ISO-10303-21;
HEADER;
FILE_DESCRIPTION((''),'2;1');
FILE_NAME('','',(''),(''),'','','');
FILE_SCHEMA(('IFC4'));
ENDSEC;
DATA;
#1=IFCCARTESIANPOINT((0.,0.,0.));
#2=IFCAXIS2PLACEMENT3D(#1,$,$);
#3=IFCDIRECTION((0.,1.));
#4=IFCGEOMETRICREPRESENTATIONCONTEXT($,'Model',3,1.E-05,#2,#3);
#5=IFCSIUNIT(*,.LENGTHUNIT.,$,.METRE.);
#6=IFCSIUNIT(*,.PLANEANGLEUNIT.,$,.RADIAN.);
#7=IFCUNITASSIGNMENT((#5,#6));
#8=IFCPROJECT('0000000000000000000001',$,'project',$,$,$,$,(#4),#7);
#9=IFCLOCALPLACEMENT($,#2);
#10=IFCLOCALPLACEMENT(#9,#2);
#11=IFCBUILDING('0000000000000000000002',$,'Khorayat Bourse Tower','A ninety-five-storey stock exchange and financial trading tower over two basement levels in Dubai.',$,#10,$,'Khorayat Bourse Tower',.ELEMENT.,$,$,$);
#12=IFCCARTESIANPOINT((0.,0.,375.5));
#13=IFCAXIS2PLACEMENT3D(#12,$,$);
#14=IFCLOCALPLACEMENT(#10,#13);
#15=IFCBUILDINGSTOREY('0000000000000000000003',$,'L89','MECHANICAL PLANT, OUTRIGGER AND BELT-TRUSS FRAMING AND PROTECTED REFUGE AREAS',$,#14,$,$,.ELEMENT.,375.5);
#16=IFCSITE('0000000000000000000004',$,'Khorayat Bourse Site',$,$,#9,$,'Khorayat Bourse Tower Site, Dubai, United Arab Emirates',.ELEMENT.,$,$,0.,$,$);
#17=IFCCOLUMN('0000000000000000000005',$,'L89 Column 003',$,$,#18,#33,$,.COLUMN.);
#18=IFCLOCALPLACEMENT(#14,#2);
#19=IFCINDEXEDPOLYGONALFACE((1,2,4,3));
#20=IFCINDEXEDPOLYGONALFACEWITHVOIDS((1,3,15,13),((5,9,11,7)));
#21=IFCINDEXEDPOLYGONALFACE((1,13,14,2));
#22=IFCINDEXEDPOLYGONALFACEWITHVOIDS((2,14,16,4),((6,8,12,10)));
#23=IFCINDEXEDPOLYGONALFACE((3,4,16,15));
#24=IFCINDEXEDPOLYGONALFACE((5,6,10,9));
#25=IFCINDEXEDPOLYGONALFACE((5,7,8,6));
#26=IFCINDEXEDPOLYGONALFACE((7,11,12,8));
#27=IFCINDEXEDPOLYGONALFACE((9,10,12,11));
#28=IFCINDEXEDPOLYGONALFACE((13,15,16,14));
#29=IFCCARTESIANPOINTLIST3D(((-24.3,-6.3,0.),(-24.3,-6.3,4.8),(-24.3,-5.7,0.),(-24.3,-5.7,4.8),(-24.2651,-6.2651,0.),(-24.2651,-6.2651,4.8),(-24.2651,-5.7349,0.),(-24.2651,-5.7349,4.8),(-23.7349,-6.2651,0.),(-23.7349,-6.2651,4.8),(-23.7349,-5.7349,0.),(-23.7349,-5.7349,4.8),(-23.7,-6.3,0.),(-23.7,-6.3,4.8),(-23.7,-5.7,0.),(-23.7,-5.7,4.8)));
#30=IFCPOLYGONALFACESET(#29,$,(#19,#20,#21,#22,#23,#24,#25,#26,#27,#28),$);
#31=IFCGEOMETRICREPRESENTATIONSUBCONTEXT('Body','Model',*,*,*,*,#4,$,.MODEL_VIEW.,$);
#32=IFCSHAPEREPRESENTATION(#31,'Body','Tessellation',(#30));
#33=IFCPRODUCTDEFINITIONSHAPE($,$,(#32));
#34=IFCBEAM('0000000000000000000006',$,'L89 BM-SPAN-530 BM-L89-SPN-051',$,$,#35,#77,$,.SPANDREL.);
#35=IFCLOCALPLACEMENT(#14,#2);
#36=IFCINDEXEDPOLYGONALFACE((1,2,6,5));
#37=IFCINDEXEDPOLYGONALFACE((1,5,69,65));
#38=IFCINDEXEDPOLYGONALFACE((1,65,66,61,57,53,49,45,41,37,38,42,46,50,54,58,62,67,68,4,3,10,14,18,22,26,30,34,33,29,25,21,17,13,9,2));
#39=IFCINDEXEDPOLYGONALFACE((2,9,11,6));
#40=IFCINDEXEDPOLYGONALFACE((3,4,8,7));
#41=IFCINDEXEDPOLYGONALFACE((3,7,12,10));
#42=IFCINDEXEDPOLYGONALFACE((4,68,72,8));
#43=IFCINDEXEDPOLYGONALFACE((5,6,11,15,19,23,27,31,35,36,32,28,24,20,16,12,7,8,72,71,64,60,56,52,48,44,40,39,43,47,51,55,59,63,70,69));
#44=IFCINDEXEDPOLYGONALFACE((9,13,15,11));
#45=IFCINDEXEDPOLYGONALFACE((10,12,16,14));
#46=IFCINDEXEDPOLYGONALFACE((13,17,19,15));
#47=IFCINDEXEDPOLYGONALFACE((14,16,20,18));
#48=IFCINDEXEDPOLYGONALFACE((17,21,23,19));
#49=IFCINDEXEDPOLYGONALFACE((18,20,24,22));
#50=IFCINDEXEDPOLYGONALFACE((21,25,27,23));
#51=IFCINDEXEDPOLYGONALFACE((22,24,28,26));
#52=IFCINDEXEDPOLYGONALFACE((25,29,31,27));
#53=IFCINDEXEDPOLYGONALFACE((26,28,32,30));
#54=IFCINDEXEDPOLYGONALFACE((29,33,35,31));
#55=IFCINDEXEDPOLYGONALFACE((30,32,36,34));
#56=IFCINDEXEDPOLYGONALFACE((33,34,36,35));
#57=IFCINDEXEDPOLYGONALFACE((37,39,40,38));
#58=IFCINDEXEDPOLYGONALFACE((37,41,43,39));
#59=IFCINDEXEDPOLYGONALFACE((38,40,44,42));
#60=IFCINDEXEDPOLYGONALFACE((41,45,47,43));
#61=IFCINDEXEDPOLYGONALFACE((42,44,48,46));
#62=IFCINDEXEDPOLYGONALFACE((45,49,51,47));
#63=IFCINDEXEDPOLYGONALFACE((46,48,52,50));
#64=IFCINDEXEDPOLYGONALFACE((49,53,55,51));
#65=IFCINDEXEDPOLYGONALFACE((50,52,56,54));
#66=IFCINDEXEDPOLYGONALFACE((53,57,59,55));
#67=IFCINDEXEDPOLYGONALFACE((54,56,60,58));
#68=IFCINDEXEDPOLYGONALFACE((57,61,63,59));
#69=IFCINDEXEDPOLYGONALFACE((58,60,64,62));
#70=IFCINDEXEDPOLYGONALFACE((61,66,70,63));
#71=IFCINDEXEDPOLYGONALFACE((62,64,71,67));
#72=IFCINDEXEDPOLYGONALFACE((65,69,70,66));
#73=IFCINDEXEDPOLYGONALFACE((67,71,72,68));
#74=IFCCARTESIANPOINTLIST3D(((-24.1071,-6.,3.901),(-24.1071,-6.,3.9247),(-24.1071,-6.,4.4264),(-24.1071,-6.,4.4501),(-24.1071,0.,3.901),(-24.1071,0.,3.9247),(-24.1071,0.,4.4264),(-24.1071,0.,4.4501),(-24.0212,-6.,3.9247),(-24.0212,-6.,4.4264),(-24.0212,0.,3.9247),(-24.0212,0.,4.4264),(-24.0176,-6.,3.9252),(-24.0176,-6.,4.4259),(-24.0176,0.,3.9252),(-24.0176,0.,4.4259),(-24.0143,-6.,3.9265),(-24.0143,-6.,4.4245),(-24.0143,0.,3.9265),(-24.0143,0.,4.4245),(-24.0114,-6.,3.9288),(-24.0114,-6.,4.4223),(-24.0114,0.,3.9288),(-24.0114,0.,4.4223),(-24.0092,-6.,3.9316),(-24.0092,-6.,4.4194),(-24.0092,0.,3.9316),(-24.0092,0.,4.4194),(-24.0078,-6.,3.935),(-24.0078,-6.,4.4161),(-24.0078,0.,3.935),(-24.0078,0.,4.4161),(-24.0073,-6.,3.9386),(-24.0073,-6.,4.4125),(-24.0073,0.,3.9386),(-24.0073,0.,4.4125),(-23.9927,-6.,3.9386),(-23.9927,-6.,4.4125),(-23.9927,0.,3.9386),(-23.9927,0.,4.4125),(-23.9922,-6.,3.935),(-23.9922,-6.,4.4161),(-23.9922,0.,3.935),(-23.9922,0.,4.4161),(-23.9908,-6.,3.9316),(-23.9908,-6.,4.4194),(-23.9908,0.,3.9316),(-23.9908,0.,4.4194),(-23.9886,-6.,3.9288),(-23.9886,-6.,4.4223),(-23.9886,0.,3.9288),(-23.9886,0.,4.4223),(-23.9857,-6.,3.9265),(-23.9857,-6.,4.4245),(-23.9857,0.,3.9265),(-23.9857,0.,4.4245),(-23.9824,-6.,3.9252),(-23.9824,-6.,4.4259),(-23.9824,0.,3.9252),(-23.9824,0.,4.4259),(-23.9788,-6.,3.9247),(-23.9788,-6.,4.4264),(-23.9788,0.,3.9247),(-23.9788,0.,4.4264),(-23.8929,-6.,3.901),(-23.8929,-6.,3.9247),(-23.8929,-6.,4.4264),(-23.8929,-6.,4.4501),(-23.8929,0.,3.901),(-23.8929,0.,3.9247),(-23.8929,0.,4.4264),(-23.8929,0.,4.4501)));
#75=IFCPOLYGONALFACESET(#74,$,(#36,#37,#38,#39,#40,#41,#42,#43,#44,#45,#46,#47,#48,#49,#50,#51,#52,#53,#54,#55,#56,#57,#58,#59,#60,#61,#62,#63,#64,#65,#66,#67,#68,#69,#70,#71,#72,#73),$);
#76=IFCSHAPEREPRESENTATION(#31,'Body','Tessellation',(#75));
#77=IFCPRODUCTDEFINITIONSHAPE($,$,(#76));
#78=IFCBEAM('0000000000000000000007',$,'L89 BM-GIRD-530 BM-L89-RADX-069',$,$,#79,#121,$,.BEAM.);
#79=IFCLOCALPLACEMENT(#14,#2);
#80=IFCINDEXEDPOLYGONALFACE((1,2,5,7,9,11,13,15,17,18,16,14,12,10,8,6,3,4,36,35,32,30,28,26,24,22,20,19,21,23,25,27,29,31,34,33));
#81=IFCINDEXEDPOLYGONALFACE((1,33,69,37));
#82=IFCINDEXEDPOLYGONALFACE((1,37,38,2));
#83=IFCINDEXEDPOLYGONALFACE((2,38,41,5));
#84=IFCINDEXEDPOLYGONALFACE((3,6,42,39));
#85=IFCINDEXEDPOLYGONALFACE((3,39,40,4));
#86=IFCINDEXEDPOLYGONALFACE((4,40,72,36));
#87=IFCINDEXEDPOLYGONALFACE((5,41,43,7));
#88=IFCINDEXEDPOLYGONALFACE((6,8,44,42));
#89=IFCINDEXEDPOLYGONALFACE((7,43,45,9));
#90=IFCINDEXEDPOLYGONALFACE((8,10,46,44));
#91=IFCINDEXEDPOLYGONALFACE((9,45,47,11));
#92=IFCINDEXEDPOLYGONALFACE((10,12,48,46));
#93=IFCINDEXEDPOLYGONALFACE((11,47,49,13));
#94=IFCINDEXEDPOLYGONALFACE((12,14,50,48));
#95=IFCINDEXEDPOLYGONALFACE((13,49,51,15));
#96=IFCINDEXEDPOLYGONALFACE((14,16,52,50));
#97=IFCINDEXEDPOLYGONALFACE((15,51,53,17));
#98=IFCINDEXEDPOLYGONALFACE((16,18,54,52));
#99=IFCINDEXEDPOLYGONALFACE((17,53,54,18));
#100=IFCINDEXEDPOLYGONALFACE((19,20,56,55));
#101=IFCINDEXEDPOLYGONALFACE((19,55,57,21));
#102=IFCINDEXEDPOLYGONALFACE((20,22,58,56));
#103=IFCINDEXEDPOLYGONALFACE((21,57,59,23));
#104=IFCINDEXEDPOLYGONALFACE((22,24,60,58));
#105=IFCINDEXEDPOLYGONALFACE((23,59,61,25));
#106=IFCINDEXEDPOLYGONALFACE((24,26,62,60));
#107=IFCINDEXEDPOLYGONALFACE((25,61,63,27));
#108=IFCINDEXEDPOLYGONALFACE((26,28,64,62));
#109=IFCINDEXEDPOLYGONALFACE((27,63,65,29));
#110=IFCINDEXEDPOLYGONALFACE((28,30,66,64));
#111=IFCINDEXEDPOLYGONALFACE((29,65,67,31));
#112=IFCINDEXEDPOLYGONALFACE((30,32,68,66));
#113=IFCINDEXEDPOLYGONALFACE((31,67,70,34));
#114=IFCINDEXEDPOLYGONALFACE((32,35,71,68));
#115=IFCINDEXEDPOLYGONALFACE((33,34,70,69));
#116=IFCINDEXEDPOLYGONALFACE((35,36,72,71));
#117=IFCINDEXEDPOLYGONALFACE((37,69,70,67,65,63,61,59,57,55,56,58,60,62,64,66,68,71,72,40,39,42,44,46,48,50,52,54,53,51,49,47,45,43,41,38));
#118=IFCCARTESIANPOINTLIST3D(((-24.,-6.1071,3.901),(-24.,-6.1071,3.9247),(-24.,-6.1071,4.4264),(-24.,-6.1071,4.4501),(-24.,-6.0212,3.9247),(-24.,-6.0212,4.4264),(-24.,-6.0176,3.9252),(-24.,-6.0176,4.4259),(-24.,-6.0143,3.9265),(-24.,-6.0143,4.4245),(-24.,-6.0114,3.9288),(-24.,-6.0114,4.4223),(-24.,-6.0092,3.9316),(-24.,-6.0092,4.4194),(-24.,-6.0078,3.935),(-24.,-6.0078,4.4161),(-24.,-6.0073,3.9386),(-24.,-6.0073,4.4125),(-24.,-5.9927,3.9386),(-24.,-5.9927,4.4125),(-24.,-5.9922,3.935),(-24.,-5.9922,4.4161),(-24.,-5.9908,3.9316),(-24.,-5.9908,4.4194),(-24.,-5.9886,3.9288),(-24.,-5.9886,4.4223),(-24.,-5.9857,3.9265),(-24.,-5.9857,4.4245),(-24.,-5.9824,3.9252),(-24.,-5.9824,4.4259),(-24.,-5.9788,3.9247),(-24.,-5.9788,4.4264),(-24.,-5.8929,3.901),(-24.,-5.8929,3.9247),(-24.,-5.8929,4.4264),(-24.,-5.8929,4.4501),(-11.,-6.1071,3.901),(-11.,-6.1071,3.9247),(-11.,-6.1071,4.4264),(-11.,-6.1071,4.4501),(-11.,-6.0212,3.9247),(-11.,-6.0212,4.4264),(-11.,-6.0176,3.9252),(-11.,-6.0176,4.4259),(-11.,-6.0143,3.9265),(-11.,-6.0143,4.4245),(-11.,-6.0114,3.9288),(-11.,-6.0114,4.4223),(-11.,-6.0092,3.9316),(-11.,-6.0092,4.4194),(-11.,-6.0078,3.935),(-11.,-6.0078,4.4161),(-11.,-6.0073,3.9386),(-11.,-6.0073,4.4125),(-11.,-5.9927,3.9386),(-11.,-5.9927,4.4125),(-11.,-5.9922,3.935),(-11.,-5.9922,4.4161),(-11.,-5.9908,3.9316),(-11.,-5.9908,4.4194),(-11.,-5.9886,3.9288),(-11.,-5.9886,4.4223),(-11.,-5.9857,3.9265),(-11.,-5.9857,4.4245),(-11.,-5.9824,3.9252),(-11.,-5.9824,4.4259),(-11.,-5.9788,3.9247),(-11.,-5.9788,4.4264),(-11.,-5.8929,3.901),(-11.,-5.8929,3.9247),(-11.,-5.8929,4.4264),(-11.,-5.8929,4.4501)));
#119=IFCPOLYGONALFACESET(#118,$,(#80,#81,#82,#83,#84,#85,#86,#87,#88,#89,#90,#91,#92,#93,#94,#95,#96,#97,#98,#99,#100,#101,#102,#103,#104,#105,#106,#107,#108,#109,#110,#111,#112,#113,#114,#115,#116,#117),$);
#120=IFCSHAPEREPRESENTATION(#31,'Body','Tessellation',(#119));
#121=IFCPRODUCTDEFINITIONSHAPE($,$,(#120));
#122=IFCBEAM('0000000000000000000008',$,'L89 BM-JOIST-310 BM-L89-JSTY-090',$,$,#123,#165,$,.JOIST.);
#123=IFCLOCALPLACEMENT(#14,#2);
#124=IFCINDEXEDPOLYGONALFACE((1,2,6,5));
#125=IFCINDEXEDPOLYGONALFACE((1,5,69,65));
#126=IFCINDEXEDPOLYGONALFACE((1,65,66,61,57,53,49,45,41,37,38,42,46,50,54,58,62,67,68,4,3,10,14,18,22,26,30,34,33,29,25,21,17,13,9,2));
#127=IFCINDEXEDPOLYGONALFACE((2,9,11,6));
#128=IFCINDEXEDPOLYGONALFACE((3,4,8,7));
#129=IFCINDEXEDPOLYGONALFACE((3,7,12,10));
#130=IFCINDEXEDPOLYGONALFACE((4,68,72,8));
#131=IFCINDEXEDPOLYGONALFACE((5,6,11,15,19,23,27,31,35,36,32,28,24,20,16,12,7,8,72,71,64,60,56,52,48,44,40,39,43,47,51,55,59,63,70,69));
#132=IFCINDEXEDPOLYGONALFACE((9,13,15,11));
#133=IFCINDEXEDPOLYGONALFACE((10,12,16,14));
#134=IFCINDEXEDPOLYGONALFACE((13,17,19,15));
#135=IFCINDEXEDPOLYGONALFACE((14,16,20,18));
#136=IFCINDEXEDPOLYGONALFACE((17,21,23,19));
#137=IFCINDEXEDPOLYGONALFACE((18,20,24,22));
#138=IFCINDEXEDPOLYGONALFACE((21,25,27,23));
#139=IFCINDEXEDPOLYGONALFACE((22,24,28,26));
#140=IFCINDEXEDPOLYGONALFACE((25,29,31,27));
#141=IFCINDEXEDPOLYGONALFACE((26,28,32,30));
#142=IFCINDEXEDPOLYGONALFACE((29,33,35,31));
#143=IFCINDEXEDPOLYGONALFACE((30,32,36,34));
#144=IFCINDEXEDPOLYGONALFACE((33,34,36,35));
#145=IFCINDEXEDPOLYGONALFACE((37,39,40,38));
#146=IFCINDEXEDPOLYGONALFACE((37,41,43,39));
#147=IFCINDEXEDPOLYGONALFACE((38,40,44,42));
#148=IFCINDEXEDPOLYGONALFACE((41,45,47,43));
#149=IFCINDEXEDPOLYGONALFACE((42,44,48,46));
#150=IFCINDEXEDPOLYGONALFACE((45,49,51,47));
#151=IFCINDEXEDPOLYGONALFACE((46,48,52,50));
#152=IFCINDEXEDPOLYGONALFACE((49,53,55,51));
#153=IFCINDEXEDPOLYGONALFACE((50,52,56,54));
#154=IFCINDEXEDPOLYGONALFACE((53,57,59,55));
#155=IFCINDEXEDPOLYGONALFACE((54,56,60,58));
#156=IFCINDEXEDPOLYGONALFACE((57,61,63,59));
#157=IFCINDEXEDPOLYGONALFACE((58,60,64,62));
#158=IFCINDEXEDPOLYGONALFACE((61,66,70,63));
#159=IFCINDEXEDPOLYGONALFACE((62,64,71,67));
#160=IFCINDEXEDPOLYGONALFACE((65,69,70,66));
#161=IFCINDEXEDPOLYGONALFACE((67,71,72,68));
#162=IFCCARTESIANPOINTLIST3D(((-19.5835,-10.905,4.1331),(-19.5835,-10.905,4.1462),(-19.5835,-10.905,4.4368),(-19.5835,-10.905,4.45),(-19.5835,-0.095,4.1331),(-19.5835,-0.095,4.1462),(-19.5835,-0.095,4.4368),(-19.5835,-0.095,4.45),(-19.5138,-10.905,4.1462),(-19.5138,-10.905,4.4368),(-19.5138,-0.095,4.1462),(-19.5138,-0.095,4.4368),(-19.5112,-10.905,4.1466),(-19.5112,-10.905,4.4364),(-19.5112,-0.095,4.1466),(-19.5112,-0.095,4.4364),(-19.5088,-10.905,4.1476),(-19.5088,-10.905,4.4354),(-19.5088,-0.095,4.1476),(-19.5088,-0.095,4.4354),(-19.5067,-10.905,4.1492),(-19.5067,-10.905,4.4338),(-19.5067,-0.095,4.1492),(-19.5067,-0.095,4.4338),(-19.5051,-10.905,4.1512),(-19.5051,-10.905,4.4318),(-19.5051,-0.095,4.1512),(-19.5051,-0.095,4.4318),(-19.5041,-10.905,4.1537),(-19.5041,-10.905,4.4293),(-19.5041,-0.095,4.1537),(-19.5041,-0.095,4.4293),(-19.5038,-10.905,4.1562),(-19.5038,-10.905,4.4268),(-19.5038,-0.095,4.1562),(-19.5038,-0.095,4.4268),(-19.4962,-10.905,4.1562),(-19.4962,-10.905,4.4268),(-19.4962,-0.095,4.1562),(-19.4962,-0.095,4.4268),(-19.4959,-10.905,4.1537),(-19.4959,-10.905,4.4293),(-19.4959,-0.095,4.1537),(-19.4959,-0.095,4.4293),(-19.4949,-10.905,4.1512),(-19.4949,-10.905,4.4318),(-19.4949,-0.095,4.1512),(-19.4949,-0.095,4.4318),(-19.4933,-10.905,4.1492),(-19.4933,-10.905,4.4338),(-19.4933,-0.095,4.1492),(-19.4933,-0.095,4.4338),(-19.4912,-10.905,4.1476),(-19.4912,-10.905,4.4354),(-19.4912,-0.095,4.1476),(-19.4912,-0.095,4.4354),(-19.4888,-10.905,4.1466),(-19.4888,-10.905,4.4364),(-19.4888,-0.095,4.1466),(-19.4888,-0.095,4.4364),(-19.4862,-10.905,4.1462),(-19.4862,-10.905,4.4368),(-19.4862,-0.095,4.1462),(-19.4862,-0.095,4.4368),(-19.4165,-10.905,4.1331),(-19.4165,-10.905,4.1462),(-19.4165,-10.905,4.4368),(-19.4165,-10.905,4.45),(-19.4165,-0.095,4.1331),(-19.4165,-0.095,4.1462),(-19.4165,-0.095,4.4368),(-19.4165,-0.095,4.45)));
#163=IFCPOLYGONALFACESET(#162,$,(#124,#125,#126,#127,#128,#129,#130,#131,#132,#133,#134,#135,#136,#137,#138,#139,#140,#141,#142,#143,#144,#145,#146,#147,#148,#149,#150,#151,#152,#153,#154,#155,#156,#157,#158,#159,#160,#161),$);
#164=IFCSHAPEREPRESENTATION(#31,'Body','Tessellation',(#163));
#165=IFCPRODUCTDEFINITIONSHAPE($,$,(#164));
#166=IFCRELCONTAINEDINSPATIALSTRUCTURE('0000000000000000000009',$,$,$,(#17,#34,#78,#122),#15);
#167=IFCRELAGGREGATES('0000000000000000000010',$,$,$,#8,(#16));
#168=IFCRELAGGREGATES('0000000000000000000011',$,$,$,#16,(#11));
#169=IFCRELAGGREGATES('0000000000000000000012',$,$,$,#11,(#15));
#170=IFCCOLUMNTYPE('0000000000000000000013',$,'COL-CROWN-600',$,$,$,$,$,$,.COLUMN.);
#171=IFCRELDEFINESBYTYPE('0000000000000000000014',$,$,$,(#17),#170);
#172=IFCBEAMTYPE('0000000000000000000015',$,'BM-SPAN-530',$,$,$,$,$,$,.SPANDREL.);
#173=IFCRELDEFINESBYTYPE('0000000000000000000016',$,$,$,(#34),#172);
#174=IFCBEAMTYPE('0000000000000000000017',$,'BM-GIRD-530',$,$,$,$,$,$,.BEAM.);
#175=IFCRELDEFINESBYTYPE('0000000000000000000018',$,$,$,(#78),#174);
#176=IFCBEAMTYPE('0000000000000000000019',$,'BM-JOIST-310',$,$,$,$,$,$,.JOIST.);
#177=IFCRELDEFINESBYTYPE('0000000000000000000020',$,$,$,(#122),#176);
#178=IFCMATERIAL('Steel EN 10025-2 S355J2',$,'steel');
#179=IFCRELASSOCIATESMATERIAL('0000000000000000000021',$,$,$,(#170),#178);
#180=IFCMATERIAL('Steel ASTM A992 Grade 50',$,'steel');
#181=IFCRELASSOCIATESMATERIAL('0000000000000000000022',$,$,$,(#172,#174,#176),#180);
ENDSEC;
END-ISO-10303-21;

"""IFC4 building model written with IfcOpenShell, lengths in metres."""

from ifc_helpers import new_model, si_unit, direction, frame, origin, origin_2d, place, context, subcontext, project, spatial, hollow_rectangle, i_section, extrude, source, transform, mapped, material, material_profile, profile_set, type_object, element, save


model = new_model("IFC4")

# Units and contexts
model_context = context("Model", 3, precision=1e-05, world=origin(), true_north=direction((0.0, 1.0)))
body_context = subcontext(model_context, "Body", "Model", "MODEL_VIEW")
ifc_project = project(units=[si_unit("LENGTHUNIT", "METRE"), si_unit("PLANEANGLEUNIT", "RADIAN")], contexts=[model_context])

# Site, building, storey
site_placement = place(None, origin())
site = spatial("IfcSite", under=ifc_project, at=site_placement, Name="Khorayat Bourse Site", LongName="Khorayat Bourse Tower Site, Dubai, United Arab Emirates", CompositionType="ELEMENT", RefElevation=0.0)
building_placement = place(site_placement, origin())
building = spatial("IfcBuilding", under=site, at=building_placement, Name="Khorayat Bourse Tower", Description="A ninety-five-storey stock exchange and financial trading tower over two basement levels in Dubai.", LongName="Khorayat Bourse Tower", CompositionType="ELEMENT")
storey_placement = place(building_placement, frame((0.0, 0.0, 375.5)))
storey = spatial("IfcBuildingStorey", under=building, at=storey_placement, Name="L89", Description="MECHANICAL PLANT, OUTRIGGER AND BELT-TRUSS FRAMING AND PROTECTED REFUGE AREAS", CompositionType="ELEMENT", Elevation=375.5)

# Column
ifc_material_1 = material(Name="Steel EN 10025-2 S355J2", Category="steel")
ifc_material_profile_1 = material_profile(ifc_material_1, hollow_rectangle(XDim=0.6001, YDim=0.6001, WallThickness=0.0349, at=origin_2d()), Name="BOX 600x600x35")
ifc_profile_set_1 = profile_set([ifc_material_profile_1], Name="Steel EN 10025-2 S355J2")
column_type = type_object("IfcColumnType", Name="COL-CROWN-600", PredefinedType="COLUMN", material=ifc_profile_set_1)
shared_shape_1 = source(origin(), body_context, "Body", "SweptSolid", [
    extrude(hollow_rectangle(XDim=0.6001, YDim=0.6001, WallThickness=0.0349, at=origin_2d()), origin(), (0.0, 0.0, 1.0), 4.8),
])
column_placement = place(storey_placement, frame((-24.0, -6.0, 0.0), z_axis=(0.0, 0.0, 1.0), x_axis=(1.0, 0.0, 0.0)))
element("IfcColumn", 1, at=column_placement, inside=storey, type_object=column_type, Name="L89 Column 003", PredefinedType="COLUMN", context=body_context, shape_type="MappedRepresentation", body=[
    mapped(shared_shape_1, transform((0.0, 0.0, 0.0), scale=1.0)),
])

# Beams
ifc_material_2 = material(Name="Steel ASTM A992 Grade 50", Category="steel")
ifc_material_profile_2 = material_profile(ifc_material_2, i_section(OverallWidth=0.2141, OverallDepth=0.5491, WebThickness=0.0146, FlangeThickness=0.0237, FilletRadius=0.0139, at=origin_2d()), Name="W530X138")
ifc_profile_set_2 = profile_set([ifc_material_profile_2], Name="Steel ASTM A992 Grade 50")
beam_type_1 = type_object("IfcBeamType", Name="BM-SPAN-530", PredefinedType="SPANDREL", material=ifc_profile_set_2)
shared_shape_2 = source(origin(), body_context, "Body", "SweptSolid", [
    extrude(i_section(OverallWidth=0.2141, OverallDepth=0.5491, WebThickness=0.0146, FlangeThickness=0.0237, FilletRadius=0.0139, at=origin_2d()), origin(), (0.0, 0.0, 1.0), 6.0),
])
beam_1_placement = place(storey_placement, frame((-24.0, -6.0, 4.1755), z_axis=(0.0, 1.0, 0.0), x_axis=(-1.0, 0.0, 0.0)))
element("IfcBeam", 2, at=beam_1_placement, inside=storey, type_object=beam_type_1, Name="L89 BM-SPAN-530 BM-L89-SPN-051", PredefinedType="SPANDREL", context=body_context, shape_type="MappedRepresentation", body=[
    mapped(shared_shape_2, transform((0.0, 0.0, 0.0), scale=1.0)),
])
ifc_material_profile_3 = material_profile(ifc_material_2, i_section(OverallWidth=0.2141, OverallDepth=0.5491, WebThickness=0.0146, FlangeThickness=0.0237, FilletRadius=0.0139, at=origin_2d()), Name="W530X138")
ifc_profile_set_3 = profile_set([ifc_material_profile_3], Name="Steel ASTM A992 Grade 50")
beam_type_2 = type_object("IfcBeamType", Name="BM-GIRD-530", PredefinedType="BEAM", material=ifc_profile_set_3)
shared_shape_3 = source(origin(), body_context, "Body", "SweptSolid", [
    extrude(i_section(OverallWidth=0.2141, OverallDepth=0.5491, WebThickness=0.0146, FlangeThickness=0.0237, FilletRadius=0.0139, at=origin_2d()), origin(), (0.0, 0.0, 1.0), 13.0),
])
beam_2_placement = place(storey_placement, frame((-24.0, -6.0, 4.1755), z_axis=(1.0, 0.0, 0.0), x_axis=(0.0, 1.0, 0.0)))
element("IfcBeam", 3, at=beam_2_placement, inside=storey, type_object=beam_type_2, Name="L89 BM-GIRD-530 BM-L89-RADX-069", PredefinedType="BEAM", context=body_context, shape_type="MappedRepresentation", body=[
    mapped(shared_shape_3, transform((0.0, 0.0, 0.0), scale=1.0)),
])
ifc_material_profile_4 = material_profile(ifc_material_2, i_section(OverallWidth=0.167, OverallDepth=0.3169, WebThickness=0.0076, FlangeThickness=0.0132, FilletRadius=0.01, at=origin_2d()), Name="W310X52")
ifc_profile_set_4 = profile_set([ifc_material_profile_4], Name="Steel ASTM A992 Grade 50")
beam_type_3 = type_object("IfcBeamType", Name="BM-JOIST-310", PredefinedType="JOIST", material=ifc_profile_set_4)
shared_shape_4 = source(origin(), body_context, "Body", "SweptSolid", [
    extrude(i_section(OverallWidth=0.167, OverallDepth=0.3169, WebThickness=0.0076, FlangeThickness=0.0132, FilletRadius=0.01, at=origin_2d()), origin(), (0.0, 0.0, 1.0), 10.8101),
])
beam_3_placement = place(storey_placement, frame((-19.5, -10.905, 4.2915), z_axis=(0.0, 1.0, 0.0), x_axis=(-1.0, 0.0, 0.0)))
element("IfcBeam", 4, at=beam_3_placement, inside=storey, type_object=beam_type_3, Name="L89 BM-JOIST-310 BM-L89-JSTY-090", PredefinedType="JOIST", context=body_context, shape_type="MappedRepresentation", body=[
    mapped(shared_shape_4, transform((0.0, 0.0, 0.0), scale=1.0)),
])

save(model, "model.ifc")
